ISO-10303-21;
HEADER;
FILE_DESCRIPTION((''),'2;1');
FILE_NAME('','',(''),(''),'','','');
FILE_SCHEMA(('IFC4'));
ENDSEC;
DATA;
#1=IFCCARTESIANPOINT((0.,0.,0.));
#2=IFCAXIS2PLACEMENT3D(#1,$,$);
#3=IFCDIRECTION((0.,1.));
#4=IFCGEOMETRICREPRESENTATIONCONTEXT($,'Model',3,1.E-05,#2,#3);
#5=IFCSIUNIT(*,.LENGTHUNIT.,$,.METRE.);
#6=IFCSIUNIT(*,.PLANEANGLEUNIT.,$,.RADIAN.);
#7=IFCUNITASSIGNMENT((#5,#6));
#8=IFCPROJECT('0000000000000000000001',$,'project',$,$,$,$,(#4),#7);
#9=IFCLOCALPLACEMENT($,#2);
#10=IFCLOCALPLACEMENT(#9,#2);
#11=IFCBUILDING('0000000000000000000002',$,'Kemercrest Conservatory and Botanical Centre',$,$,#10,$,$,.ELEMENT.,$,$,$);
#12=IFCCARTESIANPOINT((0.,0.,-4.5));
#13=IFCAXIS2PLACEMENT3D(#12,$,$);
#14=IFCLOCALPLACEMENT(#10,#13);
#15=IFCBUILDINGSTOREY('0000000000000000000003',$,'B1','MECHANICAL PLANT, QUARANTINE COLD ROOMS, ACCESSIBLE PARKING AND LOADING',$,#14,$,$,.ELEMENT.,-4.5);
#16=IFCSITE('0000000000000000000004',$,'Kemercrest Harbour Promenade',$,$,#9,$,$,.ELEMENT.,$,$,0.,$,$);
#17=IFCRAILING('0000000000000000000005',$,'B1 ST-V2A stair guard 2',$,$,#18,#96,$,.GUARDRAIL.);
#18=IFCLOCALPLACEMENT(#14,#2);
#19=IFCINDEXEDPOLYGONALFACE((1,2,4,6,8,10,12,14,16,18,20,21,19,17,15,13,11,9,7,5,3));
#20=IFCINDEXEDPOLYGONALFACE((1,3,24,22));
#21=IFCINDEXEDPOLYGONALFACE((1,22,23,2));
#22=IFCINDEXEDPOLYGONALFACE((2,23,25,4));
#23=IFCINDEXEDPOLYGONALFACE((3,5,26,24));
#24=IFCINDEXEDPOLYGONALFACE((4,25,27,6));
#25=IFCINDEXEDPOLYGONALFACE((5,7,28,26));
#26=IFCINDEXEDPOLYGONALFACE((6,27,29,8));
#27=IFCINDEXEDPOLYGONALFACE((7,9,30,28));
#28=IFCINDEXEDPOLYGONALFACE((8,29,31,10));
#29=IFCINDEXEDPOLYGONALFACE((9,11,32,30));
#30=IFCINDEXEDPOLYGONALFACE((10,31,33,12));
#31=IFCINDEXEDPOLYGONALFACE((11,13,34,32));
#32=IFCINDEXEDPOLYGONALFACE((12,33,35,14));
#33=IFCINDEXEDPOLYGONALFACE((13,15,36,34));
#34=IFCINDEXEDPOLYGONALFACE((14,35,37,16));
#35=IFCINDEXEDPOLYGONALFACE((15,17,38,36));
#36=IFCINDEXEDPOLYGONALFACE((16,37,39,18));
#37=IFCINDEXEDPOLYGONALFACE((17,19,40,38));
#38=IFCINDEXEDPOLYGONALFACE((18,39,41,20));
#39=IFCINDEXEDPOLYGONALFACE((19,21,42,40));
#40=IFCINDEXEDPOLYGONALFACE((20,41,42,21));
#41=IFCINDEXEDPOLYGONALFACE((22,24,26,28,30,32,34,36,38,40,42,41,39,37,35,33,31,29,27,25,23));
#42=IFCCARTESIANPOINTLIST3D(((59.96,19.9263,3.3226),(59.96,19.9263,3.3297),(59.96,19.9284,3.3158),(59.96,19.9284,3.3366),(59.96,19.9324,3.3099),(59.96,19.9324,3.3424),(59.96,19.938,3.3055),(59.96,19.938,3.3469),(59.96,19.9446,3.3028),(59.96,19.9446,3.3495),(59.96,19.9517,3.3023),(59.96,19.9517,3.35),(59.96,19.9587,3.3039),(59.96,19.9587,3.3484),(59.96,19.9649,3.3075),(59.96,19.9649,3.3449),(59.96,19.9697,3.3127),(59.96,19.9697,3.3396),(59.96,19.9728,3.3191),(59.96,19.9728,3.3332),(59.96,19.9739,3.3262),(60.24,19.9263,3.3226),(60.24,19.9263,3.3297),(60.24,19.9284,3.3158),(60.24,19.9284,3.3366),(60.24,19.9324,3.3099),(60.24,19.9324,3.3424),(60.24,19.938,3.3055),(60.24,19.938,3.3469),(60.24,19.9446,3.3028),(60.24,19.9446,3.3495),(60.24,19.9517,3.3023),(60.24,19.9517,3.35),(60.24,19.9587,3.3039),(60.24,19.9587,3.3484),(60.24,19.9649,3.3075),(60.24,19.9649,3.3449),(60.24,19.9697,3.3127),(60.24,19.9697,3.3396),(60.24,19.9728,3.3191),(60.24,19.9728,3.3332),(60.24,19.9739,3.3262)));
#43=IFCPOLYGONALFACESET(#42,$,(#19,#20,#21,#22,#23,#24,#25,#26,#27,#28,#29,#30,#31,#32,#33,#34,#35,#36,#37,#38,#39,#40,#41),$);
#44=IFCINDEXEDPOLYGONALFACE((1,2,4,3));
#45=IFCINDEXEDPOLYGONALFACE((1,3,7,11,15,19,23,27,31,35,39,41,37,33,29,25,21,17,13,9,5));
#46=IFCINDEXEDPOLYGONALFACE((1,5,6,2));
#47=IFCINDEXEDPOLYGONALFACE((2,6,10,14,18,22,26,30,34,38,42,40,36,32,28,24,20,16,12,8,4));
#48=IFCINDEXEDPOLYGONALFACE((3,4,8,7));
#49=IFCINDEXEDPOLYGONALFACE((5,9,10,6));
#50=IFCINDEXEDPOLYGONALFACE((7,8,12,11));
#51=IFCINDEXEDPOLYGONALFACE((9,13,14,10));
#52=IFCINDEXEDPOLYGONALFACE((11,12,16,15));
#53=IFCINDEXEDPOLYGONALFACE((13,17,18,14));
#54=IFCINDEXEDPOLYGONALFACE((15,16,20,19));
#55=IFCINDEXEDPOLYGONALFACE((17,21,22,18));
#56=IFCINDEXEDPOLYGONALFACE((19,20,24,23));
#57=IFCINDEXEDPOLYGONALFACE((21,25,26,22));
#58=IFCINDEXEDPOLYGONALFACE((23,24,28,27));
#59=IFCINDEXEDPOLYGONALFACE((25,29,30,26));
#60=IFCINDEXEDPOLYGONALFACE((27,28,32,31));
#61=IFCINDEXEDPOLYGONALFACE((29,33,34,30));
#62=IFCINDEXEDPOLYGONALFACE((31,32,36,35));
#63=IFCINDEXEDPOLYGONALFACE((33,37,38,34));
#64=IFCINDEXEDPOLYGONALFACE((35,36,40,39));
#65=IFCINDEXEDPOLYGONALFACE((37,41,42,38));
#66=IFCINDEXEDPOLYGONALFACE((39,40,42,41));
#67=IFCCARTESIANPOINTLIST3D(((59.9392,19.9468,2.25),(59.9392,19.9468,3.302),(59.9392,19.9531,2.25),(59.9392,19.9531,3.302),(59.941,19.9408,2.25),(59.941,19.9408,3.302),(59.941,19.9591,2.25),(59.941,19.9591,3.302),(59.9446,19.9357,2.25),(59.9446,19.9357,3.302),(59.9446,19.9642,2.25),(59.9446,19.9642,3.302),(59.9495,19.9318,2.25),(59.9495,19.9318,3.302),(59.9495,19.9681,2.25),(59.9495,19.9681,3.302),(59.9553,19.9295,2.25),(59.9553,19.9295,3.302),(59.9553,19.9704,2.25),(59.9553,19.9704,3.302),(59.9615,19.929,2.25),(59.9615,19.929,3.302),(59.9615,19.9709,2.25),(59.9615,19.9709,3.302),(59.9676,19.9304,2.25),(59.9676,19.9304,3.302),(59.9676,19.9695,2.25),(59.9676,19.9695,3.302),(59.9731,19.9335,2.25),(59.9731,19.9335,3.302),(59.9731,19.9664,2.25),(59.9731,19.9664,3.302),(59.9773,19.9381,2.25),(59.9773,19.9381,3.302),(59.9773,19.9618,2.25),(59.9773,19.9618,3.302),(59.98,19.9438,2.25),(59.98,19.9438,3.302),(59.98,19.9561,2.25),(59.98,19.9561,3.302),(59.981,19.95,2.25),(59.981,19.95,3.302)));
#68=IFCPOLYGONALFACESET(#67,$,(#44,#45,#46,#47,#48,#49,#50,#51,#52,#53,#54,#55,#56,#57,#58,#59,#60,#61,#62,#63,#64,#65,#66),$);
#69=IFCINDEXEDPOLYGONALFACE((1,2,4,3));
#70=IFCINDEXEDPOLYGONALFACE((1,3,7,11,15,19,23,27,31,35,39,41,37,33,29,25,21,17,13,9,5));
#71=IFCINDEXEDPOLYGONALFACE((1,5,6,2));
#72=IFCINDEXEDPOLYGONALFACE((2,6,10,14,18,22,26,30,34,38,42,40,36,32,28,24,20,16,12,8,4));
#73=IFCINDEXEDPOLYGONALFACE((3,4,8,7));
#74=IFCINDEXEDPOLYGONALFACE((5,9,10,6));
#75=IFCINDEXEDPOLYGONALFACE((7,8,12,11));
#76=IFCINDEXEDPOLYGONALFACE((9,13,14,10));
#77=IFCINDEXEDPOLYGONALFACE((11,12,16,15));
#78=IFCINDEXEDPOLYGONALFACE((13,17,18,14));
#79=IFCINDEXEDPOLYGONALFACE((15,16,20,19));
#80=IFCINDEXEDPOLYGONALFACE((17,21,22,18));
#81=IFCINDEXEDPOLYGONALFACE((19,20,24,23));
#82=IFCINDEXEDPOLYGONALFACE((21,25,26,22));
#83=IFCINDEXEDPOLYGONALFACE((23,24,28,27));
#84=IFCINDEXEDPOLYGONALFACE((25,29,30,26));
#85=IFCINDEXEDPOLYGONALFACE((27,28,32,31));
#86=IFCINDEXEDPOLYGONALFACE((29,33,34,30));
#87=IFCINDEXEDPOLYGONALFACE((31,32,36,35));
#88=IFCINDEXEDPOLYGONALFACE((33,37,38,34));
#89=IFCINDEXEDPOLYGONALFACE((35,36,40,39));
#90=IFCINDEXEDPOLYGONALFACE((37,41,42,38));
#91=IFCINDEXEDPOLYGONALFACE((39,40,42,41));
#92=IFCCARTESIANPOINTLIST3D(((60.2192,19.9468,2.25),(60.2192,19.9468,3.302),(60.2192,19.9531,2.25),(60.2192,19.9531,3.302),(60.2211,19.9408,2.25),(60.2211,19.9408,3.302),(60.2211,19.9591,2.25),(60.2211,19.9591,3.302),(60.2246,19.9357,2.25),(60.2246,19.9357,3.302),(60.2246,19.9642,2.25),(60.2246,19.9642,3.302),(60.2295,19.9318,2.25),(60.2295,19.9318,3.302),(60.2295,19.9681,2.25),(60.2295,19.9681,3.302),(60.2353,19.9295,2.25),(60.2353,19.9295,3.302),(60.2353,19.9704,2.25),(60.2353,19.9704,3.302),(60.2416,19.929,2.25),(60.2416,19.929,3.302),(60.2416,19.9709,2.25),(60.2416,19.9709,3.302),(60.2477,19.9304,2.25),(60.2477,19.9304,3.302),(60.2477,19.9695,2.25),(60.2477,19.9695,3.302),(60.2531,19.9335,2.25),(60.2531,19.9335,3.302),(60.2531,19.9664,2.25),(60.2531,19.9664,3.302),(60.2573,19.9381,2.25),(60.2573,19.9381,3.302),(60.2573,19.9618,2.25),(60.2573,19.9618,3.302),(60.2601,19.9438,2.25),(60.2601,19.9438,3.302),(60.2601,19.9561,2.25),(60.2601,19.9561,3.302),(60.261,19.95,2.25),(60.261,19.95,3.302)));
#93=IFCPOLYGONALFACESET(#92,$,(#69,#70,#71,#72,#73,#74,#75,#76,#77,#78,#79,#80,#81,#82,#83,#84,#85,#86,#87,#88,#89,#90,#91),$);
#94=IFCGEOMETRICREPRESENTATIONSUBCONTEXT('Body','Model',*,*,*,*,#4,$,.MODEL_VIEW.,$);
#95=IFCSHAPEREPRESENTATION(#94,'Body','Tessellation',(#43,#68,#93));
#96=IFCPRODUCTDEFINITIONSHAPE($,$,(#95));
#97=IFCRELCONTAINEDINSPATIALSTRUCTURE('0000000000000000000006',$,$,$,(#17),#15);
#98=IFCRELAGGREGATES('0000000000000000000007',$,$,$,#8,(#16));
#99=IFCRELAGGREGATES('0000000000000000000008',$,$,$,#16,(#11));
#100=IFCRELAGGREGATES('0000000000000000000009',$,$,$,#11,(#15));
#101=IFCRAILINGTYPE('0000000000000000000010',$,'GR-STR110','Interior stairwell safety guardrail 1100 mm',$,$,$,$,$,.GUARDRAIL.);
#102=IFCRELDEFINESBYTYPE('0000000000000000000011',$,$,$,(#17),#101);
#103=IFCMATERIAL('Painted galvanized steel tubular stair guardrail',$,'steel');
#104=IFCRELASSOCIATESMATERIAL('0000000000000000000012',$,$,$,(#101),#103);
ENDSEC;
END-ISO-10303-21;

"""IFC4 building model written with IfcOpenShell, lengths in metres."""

from ifc_helpers import new_model, si_unit, direction, frame, origin, origin_2d, place, context, subcontext, project, spatial, circle, extrude, material, type_object, element, save


model = new_model("IFC4")

# Units and contexts
model_context = context("Model", 3, precision=1e-05, world=origin(), true_north=direction((0.0, 1.0)))
body_context = subcontext(model_context, "Body", "Model", "MODEL_VIEW")
ifc_project = project(units=[si_unit("LENGTHUNIT", "METRE"), si_unit("PLANEANGLEUNIT", "RADIAN")], contexts=[model_context])

# Site, building, storey
site_placement = place(None, origin())
site = spatial("IfcSite", under=ifc_project, at=site_placement, Name="Kemercrest Harbour Promenade", CompositionType="ELEMENT", RefElevation=0.0)
building_placement = place(site_placement, origin())
building = spatial("IfcBuilding", under=site, at=building_placement, Name="Kemercrest Conservatory and Botanical Centre", CompositionType="ELEMENT")
storey_placement = place(building_placement, frame((0.0, 0.0, -4.5)))
storey = spatial("IfcBuildingStorey", under=building, at=storey_placement, Name="B1", Description="MECHANICAL PLANT, QUARANTINE COLD ROOMS, ACCESSIBLE PARKING AND LOADING", CompositionType="ELEMENT", Elevation=-4.5)

# Railing
ifc_material_1 = material(Name="Painted galvanized steel tubular stair guardrail", Category="steel")
railing_type_1 = type_object("IfcRailingType", Name="GR-STR110", Description="Interior stairwell safety guardrail 1100 mm", PredefinedType="GUARDRAIL", material=ifc_material_1)
railing_1_placement = place(storey_placement, frame((59.96, 19.95, 2.25)))
element("IfcRailing", 1, at=railing_1_placement, inside=storey, type_object=railing_type_1, Name="B1 ST-V2A stair guard 2", PredefinedType="GUARDRAIL", context=body_context, shape_type="SweptSolid", body=[
    extrude(circle(Radius=0.0239, at=origin_2d()), frame((0.0, 0.0, 1.0762), z_axis=(1.0, 0.0, 0.0), x_axis=(0.0, 1.0, 0.0)), (0.0, 0.0, 1.0), 0.28),
    extrude(circle(Radius=0.021, at=origin_2d()), origin(), (0.0, 0.0, 1.0), 1.052),
    extrude(circle(Radius=0.021, at=origin_2d()), frame((0.28, 0.0, 0.0)), (0.0, 0.0, 1.0), 1.052),
])

save(model, "model.ifc")
